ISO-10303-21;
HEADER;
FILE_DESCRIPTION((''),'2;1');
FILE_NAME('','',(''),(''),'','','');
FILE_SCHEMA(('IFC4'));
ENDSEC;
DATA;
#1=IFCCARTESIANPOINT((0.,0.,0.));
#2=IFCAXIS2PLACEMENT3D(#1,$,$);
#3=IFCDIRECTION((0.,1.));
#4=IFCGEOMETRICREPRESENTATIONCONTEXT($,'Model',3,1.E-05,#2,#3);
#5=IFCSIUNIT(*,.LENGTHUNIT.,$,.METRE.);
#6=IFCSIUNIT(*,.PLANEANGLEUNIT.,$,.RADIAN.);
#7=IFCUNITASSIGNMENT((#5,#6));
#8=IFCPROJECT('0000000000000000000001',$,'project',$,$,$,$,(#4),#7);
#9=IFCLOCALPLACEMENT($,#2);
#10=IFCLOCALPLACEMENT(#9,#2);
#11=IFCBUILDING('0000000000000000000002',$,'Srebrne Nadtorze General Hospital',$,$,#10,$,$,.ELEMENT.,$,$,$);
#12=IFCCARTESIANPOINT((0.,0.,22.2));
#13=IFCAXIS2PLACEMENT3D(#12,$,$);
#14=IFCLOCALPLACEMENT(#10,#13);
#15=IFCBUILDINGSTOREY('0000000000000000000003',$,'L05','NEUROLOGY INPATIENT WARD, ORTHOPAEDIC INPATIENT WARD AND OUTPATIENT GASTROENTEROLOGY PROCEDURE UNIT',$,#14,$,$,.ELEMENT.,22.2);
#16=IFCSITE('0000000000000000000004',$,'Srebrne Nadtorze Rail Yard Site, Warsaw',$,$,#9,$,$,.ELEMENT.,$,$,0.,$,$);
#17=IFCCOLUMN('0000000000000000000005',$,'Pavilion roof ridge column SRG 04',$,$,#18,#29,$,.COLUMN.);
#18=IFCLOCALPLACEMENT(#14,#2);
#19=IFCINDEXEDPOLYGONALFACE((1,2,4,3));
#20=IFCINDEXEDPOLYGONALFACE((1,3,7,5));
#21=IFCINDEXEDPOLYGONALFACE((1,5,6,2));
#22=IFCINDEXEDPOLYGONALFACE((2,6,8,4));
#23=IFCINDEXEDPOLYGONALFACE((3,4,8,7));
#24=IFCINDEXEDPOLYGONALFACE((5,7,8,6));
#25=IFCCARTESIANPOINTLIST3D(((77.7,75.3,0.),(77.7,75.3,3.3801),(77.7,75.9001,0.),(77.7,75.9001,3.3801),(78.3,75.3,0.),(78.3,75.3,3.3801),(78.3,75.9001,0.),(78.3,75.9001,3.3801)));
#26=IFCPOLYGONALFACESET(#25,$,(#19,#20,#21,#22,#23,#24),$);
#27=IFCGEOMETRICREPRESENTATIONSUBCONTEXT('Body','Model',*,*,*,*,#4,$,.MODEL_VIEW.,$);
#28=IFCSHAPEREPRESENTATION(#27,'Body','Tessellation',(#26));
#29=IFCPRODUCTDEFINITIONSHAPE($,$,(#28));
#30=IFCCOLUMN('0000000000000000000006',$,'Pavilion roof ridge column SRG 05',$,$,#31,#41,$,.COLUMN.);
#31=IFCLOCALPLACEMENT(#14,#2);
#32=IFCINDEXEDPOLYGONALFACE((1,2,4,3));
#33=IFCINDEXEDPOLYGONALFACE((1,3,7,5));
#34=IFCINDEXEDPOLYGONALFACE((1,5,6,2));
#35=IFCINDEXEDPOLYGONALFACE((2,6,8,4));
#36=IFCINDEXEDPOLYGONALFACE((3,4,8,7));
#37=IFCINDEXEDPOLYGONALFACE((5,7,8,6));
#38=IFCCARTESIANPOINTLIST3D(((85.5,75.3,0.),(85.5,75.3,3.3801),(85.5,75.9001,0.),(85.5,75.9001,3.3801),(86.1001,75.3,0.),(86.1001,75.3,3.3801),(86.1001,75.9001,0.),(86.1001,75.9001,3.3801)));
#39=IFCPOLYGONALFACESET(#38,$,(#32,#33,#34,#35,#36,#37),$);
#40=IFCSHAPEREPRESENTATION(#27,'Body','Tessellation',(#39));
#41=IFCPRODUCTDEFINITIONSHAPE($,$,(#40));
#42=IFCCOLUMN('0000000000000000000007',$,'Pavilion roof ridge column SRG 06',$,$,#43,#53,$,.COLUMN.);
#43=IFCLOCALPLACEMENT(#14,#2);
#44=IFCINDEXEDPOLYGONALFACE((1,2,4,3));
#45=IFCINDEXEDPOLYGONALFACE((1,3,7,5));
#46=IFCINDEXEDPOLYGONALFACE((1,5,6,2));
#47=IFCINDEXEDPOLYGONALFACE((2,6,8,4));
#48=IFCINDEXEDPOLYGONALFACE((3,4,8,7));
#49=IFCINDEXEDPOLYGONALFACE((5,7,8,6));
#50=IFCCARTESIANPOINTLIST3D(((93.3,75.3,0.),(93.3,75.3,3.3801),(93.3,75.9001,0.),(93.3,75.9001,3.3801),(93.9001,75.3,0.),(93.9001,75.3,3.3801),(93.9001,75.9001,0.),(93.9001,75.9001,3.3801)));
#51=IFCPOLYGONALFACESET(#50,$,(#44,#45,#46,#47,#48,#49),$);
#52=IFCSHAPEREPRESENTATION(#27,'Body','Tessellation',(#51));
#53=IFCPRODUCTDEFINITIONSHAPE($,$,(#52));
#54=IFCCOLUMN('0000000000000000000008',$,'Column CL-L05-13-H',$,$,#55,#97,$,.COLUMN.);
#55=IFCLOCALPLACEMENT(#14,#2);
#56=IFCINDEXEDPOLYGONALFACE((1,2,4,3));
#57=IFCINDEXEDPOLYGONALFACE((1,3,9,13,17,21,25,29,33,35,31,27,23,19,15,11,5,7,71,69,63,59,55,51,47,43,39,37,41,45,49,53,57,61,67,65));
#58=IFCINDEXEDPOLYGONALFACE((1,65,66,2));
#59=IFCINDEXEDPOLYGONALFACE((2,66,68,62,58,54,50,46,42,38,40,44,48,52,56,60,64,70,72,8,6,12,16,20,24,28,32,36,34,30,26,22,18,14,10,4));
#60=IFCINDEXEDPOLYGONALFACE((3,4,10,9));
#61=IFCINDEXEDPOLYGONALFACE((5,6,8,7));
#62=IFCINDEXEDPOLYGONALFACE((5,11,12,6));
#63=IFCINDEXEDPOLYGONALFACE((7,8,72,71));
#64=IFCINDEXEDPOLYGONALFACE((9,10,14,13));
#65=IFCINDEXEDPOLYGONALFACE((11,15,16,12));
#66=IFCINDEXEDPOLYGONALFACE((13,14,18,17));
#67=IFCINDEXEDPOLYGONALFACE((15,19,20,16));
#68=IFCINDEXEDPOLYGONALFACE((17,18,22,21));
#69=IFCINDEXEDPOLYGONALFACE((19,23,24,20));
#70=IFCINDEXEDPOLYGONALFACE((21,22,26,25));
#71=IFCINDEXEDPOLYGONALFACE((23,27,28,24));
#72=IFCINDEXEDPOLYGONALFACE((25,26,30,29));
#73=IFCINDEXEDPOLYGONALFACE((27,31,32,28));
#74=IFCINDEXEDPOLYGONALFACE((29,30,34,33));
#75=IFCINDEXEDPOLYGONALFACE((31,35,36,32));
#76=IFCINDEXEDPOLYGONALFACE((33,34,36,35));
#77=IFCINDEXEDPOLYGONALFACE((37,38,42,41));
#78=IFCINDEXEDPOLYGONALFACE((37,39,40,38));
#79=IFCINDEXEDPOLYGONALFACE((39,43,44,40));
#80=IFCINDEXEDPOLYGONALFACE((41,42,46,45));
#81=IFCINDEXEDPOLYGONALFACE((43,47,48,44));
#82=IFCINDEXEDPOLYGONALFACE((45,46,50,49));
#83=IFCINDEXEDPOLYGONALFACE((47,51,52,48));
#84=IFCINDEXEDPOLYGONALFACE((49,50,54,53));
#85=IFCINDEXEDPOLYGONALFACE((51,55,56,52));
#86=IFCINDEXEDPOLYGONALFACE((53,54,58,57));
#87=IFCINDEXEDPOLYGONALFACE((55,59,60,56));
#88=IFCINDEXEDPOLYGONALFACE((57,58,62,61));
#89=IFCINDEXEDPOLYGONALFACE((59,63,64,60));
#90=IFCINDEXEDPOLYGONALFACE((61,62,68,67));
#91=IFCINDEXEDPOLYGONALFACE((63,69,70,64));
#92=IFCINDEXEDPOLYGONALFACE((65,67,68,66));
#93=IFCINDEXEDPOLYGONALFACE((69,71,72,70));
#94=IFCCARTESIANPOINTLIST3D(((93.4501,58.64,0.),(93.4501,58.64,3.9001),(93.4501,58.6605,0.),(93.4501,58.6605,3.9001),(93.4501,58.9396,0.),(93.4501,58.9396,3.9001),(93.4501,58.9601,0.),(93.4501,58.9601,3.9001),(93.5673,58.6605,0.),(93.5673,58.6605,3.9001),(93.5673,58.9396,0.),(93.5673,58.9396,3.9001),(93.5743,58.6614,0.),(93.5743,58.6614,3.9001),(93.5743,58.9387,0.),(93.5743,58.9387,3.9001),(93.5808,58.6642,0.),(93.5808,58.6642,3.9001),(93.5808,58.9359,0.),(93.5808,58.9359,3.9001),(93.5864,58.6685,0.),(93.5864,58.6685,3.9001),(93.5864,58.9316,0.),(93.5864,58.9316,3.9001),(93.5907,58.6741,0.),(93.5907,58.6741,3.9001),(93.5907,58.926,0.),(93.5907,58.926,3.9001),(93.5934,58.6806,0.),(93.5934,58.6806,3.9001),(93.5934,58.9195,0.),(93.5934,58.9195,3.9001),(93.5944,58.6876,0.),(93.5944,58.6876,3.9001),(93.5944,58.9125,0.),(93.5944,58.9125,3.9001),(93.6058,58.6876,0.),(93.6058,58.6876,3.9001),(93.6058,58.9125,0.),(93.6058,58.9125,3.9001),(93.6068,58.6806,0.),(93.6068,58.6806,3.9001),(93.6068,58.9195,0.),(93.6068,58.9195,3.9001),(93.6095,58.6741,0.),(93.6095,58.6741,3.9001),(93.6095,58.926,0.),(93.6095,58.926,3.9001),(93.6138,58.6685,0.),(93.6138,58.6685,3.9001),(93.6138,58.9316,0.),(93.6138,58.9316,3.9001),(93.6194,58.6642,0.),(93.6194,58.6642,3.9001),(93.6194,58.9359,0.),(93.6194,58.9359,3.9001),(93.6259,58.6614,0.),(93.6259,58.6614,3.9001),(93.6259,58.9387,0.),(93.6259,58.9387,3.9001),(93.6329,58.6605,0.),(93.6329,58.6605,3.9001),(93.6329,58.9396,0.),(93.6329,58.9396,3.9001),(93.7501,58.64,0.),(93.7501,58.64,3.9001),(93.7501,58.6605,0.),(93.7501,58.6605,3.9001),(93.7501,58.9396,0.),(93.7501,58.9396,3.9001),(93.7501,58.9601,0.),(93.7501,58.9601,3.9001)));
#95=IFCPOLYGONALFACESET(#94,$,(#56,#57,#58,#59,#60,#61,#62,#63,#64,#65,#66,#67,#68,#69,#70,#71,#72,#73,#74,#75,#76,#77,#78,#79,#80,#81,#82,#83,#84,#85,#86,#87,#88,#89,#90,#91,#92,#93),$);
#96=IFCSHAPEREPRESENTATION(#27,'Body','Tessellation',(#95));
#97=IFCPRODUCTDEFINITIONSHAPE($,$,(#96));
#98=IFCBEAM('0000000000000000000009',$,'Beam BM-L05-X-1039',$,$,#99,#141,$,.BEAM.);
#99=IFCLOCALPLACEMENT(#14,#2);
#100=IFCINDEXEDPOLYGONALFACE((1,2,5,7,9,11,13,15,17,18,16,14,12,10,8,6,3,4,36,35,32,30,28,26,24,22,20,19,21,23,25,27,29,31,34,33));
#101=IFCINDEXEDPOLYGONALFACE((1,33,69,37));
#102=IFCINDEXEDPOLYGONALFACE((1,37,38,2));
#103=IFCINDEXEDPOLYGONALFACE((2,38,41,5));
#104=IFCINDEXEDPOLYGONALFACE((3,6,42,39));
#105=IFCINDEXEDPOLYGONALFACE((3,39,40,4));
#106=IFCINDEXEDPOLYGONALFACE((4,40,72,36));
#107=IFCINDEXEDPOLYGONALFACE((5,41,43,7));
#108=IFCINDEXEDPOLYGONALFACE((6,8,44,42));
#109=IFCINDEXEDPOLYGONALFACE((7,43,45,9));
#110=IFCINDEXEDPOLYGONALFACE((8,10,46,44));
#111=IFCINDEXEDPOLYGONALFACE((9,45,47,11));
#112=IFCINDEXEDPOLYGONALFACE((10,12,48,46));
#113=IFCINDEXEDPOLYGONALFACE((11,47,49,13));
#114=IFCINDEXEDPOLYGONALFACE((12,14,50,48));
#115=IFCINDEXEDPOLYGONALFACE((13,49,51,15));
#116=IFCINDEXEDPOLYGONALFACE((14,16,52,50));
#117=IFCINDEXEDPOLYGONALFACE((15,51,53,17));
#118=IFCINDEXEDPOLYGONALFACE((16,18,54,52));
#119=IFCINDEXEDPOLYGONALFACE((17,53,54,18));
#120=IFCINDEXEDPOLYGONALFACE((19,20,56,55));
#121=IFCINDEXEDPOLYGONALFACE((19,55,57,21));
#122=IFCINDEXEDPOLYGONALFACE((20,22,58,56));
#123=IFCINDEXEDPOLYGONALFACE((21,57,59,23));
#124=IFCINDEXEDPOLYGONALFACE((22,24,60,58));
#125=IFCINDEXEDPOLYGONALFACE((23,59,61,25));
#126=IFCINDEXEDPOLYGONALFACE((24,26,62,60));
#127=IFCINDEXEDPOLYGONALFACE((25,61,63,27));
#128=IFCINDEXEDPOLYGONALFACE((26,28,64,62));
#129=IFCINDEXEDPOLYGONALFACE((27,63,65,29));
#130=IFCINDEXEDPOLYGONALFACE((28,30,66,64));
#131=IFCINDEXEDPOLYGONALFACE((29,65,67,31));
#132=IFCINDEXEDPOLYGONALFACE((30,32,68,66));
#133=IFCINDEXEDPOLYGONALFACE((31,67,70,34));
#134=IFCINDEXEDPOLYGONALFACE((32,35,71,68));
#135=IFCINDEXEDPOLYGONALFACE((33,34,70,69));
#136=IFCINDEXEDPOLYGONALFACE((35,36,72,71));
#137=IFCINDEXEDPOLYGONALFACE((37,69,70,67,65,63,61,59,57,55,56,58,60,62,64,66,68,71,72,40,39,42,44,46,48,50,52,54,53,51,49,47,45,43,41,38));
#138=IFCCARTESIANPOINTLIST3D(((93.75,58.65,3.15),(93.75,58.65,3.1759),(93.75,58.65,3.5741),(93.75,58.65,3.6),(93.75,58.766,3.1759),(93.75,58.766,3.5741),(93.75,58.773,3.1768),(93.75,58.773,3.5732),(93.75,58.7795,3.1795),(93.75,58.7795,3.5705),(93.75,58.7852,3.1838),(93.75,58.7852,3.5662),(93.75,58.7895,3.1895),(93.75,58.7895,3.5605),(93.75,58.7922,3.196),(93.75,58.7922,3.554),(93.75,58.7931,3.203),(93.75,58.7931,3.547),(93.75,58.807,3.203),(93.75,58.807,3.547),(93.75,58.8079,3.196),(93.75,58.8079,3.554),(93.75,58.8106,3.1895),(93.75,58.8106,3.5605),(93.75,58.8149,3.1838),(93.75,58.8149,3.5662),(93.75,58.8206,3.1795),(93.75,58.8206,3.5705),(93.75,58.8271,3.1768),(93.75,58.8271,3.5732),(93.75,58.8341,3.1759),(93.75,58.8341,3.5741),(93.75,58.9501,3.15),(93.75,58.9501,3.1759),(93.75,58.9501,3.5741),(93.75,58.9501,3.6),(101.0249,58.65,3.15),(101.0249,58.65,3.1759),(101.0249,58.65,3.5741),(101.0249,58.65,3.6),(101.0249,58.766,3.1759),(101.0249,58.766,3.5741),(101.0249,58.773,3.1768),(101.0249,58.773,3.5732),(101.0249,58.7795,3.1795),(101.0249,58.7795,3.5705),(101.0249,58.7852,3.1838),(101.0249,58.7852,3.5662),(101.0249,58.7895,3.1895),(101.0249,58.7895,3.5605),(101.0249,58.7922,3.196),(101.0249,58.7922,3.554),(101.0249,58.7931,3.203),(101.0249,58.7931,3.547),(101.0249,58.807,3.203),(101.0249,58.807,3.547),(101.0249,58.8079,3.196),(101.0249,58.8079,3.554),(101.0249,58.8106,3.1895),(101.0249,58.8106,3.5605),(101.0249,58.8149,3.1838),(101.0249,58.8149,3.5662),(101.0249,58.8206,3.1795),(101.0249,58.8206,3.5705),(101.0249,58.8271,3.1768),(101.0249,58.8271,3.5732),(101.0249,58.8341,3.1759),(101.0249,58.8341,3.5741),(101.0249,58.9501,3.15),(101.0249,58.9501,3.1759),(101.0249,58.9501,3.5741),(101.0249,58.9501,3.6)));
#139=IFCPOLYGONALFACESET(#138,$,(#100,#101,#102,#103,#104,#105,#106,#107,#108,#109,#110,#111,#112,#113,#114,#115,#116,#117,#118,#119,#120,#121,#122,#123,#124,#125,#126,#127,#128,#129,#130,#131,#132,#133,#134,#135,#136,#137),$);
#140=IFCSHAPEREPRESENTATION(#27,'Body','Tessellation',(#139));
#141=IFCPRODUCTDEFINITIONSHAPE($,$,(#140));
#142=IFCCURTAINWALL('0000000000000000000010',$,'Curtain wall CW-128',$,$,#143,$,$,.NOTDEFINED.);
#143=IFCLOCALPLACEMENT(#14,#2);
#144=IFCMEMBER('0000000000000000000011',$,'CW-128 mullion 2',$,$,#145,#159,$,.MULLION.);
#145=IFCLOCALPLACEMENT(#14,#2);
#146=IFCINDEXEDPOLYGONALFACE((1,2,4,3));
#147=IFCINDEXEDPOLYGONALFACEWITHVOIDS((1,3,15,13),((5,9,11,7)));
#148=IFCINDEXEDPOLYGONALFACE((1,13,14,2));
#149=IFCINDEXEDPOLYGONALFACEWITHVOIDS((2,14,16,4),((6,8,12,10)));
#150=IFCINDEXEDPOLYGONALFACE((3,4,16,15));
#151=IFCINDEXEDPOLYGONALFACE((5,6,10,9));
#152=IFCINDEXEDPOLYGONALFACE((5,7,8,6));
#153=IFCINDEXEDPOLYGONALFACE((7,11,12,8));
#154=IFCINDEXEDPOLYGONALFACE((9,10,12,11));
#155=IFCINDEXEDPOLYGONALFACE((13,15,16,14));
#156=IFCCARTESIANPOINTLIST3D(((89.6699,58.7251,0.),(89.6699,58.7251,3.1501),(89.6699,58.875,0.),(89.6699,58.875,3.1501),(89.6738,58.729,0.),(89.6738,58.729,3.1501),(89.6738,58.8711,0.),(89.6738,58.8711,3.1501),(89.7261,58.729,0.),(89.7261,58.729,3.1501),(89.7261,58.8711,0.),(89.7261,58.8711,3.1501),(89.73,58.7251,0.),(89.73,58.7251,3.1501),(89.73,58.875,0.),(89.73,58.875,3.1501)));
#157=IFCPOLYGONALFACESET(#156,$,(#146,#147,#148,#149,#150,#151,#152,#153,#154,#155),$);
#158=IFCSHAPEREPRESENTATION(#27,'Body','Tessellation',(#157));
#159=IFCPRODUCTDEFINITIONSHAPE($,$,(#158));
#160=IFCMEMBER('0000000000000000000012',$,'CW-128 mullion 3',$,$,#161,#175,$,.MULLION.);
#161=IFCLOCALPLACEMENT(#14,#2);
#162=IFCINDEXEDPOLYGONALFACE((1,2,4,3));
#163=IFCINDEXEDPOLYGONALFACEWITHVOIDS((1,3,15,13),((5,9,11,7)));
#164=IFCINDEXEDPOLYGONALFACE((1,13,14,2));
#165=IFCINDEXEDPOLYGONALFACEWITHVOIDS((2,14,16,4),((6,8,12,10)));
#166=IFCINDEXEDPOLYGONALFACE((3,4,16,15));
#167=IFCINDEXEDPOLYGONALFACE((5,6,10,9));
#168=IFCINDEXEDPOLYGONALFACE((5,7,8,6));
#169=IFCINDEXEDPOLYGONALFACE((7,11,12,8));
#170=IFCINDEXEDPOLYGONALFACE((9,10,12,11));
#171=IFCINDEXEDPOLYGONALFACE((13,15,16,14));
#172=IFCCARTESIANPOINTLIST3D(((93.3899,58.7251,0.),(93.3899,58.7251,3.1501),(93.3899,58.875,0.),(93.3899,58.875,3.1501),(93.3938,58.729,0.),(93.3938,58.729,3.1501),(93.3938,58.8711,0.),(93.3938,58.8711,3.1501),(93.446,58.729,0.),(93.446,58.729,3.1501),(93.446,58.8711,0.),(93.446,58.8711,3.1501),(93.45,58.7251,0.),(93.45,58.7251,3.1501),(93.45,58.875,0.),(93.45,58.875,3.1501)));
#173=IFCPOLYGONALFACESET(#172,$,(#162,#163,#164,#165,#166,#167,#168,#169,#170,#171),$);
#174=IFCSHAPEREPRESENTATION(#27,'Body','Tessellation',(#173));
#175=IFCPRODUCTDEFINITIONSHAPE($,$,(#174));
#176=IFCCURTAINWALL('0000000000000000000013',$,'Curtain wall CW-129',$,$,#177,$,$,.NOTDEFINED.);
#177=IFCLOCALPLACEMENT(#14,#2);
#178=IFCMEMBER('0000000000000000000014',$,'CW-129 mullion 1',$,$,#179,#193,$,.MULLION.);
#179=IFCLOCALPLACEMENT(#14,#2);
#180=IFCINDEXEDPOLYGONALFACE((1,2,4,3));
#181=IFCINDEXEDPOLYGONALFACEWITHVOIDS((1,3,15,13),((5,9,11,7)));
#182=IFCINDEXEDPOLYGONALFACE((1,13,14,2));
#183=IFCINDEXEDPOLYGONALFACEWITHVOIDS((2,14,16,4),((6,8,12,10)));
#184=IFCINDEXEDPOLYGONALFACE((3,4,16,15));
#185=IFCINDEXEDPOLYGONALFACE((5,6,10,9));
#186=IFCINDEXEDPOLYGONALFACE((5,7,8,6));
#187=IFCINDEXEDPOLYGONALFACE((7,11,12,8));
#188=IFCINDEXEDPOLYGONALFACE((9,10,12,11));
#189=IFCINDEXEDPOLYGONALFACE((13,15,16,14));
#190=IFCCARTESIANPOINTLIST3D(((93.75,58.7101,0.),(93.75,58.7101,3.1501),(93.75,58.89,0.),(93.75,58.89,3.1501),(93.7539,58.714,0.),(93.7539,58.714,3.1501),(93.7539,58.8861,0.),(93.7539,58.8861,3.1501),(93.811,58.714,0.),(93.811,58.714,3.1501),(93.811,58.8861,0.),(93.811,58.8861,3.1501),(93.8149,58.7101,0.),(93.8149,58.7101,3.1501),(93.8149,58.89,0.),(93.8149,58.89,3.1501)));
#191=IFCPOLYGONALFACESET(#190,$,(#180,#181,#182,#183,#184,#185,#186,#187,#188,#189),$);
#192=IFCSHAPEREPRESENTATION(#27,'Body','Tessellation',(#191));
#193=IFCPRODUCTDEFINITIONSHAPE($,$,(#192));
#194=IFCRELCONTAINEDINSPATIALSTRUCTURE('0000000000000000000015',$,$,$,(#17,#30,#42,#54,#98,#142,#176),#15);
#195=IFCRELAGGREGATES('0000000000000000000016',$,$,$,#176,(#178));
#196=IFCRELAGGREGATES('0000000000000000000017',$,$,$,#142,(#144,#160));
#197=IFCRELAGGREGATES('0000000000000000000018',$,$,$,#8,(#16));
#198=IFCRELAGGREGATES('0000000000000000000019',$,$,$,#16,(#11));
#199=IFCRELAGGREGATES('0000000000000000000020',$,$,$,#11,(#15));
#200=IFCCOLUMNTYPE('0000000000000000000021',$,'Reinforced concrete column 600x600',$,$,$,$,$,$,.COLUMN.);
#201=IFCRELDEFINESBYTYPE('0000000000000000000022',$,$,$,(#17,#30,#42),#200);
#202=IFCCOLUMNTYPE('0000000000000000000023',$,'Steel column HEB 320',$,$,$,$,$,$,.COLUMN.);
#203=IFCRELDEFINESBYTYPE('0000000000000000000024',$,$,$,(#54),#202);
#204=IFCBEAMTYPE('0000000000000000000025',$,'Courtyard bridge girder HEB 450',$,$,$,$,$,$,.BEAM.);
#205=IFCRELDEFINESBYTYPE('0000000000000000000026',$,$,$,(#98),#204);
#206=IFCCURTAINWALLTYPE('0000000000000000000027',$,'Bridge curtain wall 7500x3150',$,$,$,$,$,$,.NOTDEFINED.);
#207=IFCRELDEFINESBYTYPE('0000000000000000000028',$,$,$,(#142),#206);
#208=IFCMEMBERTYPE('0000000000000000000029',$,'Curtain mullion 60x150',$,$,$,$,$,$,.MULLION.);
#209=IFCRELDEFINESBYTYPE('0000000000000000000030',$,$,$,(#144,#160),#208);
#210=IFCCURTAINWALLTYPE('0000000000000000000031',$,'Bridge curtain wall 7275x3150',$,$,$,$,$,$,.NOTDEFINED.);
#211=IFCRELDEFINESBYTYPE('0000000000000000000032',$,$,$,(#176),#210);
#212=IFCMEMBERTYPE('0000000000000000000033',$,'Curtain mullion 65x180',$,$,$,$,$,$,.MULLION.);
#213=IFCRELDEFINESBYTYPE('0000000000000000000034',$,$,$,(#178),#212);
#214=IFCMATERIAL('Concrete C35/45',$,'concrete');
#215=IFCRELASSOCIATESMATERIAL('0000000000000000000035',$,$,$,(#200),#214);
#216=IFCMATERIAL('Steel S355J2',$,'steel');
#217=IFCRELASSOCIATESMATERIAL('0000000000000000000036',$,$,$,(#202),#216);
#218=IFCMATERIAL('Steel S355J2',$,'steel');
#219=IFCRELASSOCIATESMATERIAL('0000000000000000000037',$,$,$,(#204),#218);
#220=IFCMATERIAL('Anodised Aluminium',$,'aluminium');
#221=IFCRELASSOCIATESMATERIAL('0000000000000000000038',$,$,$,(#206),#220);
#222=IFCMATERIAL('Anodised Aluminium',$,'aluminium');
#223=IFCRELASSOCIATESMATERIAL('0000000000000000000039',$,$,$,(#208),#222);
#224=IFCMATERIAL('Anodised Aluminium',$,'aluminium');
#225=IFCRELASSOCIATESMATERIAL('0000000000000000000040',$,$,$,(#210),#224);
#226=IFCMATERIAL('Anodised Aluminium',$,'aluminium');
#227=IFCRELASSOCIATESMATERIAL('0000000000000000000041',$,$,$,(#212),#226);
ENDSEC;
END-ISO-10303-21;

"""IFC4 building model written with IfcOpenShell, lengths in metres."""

from ifc_helpers import new_model, si_unit, direction, frame, origin, origin_2d, place, context, subcontext, project, spatial, rectangle, hollow_rectangle, i_section, extrude, material, material_profile, profile_set, type_object, element, aggregate, save


model = new_model("IFC4")

# Units and contexts
model_context = context("Model", 3, precision=1e-05, world=origin(), true_north=direction((0.0, 1.0)))
body_context = subcontext(model_context, "Body", "Model", "MODEL_VIEW")
ifc_project = project(units=[si_unit("LENGTHUNIT", "METRE"), si_unit("PLANEANGLEUNIT", "RADIAN")], contexts=[model_context])

# Site, building, storey
site_placement = place(None, origin())
site = spatial("IfcSite", under=ifc_project, at=site_placement, Name="Srebrne Nadtorze Rail Yard Site, Warsaw", CompositionType="ELEMENT", RefElevation=0.0)
building_placement = place(site_placement, origin())
building = spatial("IfcBuilding", under=site, at=building_placement, Name="Srebrne Nadtorze General Hospital", CompositionType="ELEMENT")
storey_placement = place(building_placement, frame((0.0, 0.0, 22.2)))
storey = spatial("IfcBuildingStorey", under=building, at=storey_placement, Name="L05", Description="NEUROLOGY INPATIENT WARD, ORTHOPAEDIC INPATIENT WARD AND OUTPATIENT GASTROENTEROLOGY PROCEDURE UNIT", CompositionType="ELEMENT", Elevation=22.2)

# Columns
ifc_material_1 = material(Name="Concrete C35/45", Category="concrete")
ifc_material_profile_1 = material_profile(ifc_material_1, rectangle(XDim=0.6001, YDim=0.6001, at=origin_2d()), Name="RC-COL-600x600")
ifc_profile_set_1 = profile_set([ifc_material_profile_1], Name="Concrete C35/45")
column_type_1 = type_object("IfcColumnType", Name="Reinforced concrete column 600x600", PredefinedType="COLUMN", material=ifc_profile_set_1)
for number, where, z_axis, x_axis, name in (
    (1, (78.0, 75.6001, 0.0), (0.0, 0.0, 1.0), (1.0, 0.0, 0.0), "Pavilion roof ridge column SRG 04"),
    (2, (85.8, 75.6001, 0.0), (0.0, 0.0, 1.0), (1.0, 0.0, 0.0), "Pavilion roof ridge column SRG 05"),
    (3, (93.6001, 75.6001, 0.0), (0.0, 0.0, 1.0), (1.0, 0.0, 0.0), "Pavilion roof ridge column SRG 06"),
):
    element("IfcColumn", number, at=place(storey_placement, frame(where, z_axis=z_axis, x_axis=x_axis)), inside=storey, type_object=column_type_1, Name=name, PredefinedType="COLUMN", context=body_context, shape_type="SweptSolid", body=[
        extrude(rectangle(XDim=0.6001, YDim=0.6001, at=origin_2d()), origin(), (0.0, 0.0, 1.0), 3.3801),
    ])
ifc_material_2 = material(Name="Steel S355J2", Category="steel")
ifc_material_profile_2 = material_profile(ifc_material_2, i_section(OverallWidth=0.3, OverallDepth=0.3201, WebThickness=0.0115, FlangeThickness=0.0205, FilletRadius=0.0271, at=origin_2d()), Name="HEB-320")
ifc_profile_set_2 = profile_set([ifc_material_profile_2], Name="Steel S355J2")
column_type_2 = type_object("IfcColumnType", Name="Steel column HEB 320", PredefinedType="COLUMN", material=ifc_profile_set_2)
column_placement = place(storey_placement, frame((93.6001, 58.8, 0.0), z_axis=(0.0, 0.0, 1.0), x_axis=(1.0, 0.0, 0.0)))
element("IfcColumn", 4, at=column_placement, inside=storey, type_object=column_type_2, Name="Column CL-L05-13-H", PredefinedType="COLUMN", context=body_context, shape_type="SweptSolid", body=[
    extrude(i_section(OverallWidth=0.3, OverallDepth=0.3201, WebThickness=0.0115, FlangeThickness=0.0205, FilletRadius=0.0271, at=origin_2d()), origin(), (0.0, 0.0, 1.0), 3.9001),
])

# Beam
ifc_material_3 = material(Name="Steel S355J2", Category="steel")
ifc_material_profile_3 = material_profile(ifc_material_3, i_section(OverallWidth=0.3, OverallDepth=0.45, WebThickness=0.0139, FlangeThickness=0.0259, FilletRadius=0.0271, at=origin_2d()), Name="HEB-450")
ifc_profile_set_3 = profile_set([ifc_material_profile_3], Name="Steel S355J2")
beam_type = type_object("IfcBeamType", Name="Courtyard bridge girder HEB 450", PredefinedType="BEAM", material=ifc_profile_set_3)
beam_placement = place(storey_placement, frame((93.75, 58.8, 3.375), z_axis=(1.0, 0.0, 0.0), x_axis=(0.0, 1.0, 0.0)))
element("IfcBeam", 5, at=beam_placement, inside=storey, type_object=beam_type, Name="Beam BM-L05-X-1039", PredefinedType="BEAM", context=body_context, shape_type="SweptSolid", body=[
    extrude(i_section(OverallWidth=0.3, OverallDepth=0.45, WebThickness=0.0139, FlangeThickness=0.0259, FilletRadius=0.0271, at=origin_2d()), origin(), (0.0, 0.0, 1.0), 7.2749),
])

# Curtain wall, members
ifc_material_4 = material(Name="Anodised Aluminium", Category="aluminium")
curtain_wall_type_1 = type_object("IfcCurtainWallType", Name="Bridge curtain wall 7500x3150", PredefinedType="NOTDEFINED", material=ifc_material_4)
curtain_wall_1_placement = place(storey_placement, origin())
curtain_wall_1 = element("IfcCurtainWall", 6, at=curtain_wall_1_placement, inside=storey, type_object=curtain_wall_type_1, Name="Curtain wall CW-128", PredefinedType="NOTDEFINED")
ifc_material_5 = material(Name="Anodised Aluminium", Category="aluminium")
ifc_material_profile_4 = material_profile(ifc_material_5, hollow_rectangle(XDim=0.0601, YDim=0.1499, WallThickness=0.0039, at=origin_2d()), Name="AL-MUL-60x150")
ifc_profile_set_4 = profile_set([ifc_material_profile_4], Name="Anodised Aluminium")
member_type_1 = type_object("IfcMemberType", Name="Curtain mullion 60x150", PredefinedType="MULLION", material=ifc_profile_set_4)
member_1_placement = place(storey_placement, frame((89.7, 58.8, 0.0), z_axis=(0.0, 0.0, 1.0), x_axis=(1.0, 0.0, 0.0)))
member_1 = element("IfcMember", 7, at=member_1_placement, type_object=member_type_1, Name="CW-128 mullion 2", PredefinedType="MULLION", context=body_context, shape_type="SweptSolid", body=[
    extrude(hollow_rectangle(XDim=0.0601, YDim=0.1499, WallThickness=0.0039, at=origin_2d()), origin(), (0.0, 0.0, 1.0), 3.1501),
])
member_2_placement = place(storey_placement, frame((93.4199, 58.8, 0.0), z_axis=(0.0, 0.0, 1.0), x_axis=(1.0, 0.0, 0.0)))
member_2 = element("IfcMember", 8, at=member_2_placement, type_object=member_type_1, Name="CW-128 mullion 3", PredefinedType="MULLION", context=body_context, shape_type="SweptSolid", body=[
    extrude(hollow_rectangle(XDim=0.0601, YDim=0.1499, WallThickness=0.0039, at=origin_2d()), origin(), (0.0, 0.0, 1.0), 3.1501),
])

# Curtain wall, member
ifc_material_6 = material(Name="Anodised Aluminium", Category="aluminium")
curtain_wall_type_2 = type_object("IfcCurtainWallType", Name="Bridge curtain wall 7275x3150", PredefinedType="NOTDEFINED", material=ifc_material_6)
curtain_wall_2_placement = place(storey_placement, origin())
curtain_wall_2 = element("IfcCurtainWall", 9, at=curtain_wall_2_placement, inside=storey, type_object=curtain_wall_type_2, Name="Curtain wall CW-129", PredefinedType="NOTDEFINED")
ifc_material_7 = material(Name="Anodised Aluminium", Category="aluminium")
ifc_material_profile_5 = material_profile(ifc_material_7, hollow_rectangle(XDim=0.0649, YDim=0.1799, WallThickness=0.0039, at=origin_2d()), Name="AL-MUL-65x180")
ifc_profile_set_5 = profile_set([ifc_material_profile_5], Name="Anodised Aluminium")
member_type_2 = type_object("IfcMemberType", Name="Curtain mullion 65x180", PredefinedType="MULLION", material=ifc_profile_set_5)
member_3_placement = place(storey_placement, frame((93.7825, 58.8, 0.0), z_axis=(0.0, 0.0, 1.0), x_axis=(1.0, 0.0, 0.0)))
member_3 = element("IfcMember", 10, at=member_3_placement, type_object=member_type_2, Name="CW-129 mullion 1", PredefinedType="MULLION", context=body_context, shape_type="SweptSolid", body=[
    extrude(hollow_rectangle(XDim=0.0649, YDim=0.1799, WallThickness=0.0039, at=origin_2d()), origin(), (0.0, 0.0, 1.0), 3.1501),
])

aggregate(curtain_wall_2, [member_3])

aggregate(curtain_wall_1, [member_1, member_2])

save(model, "model.ifc")
